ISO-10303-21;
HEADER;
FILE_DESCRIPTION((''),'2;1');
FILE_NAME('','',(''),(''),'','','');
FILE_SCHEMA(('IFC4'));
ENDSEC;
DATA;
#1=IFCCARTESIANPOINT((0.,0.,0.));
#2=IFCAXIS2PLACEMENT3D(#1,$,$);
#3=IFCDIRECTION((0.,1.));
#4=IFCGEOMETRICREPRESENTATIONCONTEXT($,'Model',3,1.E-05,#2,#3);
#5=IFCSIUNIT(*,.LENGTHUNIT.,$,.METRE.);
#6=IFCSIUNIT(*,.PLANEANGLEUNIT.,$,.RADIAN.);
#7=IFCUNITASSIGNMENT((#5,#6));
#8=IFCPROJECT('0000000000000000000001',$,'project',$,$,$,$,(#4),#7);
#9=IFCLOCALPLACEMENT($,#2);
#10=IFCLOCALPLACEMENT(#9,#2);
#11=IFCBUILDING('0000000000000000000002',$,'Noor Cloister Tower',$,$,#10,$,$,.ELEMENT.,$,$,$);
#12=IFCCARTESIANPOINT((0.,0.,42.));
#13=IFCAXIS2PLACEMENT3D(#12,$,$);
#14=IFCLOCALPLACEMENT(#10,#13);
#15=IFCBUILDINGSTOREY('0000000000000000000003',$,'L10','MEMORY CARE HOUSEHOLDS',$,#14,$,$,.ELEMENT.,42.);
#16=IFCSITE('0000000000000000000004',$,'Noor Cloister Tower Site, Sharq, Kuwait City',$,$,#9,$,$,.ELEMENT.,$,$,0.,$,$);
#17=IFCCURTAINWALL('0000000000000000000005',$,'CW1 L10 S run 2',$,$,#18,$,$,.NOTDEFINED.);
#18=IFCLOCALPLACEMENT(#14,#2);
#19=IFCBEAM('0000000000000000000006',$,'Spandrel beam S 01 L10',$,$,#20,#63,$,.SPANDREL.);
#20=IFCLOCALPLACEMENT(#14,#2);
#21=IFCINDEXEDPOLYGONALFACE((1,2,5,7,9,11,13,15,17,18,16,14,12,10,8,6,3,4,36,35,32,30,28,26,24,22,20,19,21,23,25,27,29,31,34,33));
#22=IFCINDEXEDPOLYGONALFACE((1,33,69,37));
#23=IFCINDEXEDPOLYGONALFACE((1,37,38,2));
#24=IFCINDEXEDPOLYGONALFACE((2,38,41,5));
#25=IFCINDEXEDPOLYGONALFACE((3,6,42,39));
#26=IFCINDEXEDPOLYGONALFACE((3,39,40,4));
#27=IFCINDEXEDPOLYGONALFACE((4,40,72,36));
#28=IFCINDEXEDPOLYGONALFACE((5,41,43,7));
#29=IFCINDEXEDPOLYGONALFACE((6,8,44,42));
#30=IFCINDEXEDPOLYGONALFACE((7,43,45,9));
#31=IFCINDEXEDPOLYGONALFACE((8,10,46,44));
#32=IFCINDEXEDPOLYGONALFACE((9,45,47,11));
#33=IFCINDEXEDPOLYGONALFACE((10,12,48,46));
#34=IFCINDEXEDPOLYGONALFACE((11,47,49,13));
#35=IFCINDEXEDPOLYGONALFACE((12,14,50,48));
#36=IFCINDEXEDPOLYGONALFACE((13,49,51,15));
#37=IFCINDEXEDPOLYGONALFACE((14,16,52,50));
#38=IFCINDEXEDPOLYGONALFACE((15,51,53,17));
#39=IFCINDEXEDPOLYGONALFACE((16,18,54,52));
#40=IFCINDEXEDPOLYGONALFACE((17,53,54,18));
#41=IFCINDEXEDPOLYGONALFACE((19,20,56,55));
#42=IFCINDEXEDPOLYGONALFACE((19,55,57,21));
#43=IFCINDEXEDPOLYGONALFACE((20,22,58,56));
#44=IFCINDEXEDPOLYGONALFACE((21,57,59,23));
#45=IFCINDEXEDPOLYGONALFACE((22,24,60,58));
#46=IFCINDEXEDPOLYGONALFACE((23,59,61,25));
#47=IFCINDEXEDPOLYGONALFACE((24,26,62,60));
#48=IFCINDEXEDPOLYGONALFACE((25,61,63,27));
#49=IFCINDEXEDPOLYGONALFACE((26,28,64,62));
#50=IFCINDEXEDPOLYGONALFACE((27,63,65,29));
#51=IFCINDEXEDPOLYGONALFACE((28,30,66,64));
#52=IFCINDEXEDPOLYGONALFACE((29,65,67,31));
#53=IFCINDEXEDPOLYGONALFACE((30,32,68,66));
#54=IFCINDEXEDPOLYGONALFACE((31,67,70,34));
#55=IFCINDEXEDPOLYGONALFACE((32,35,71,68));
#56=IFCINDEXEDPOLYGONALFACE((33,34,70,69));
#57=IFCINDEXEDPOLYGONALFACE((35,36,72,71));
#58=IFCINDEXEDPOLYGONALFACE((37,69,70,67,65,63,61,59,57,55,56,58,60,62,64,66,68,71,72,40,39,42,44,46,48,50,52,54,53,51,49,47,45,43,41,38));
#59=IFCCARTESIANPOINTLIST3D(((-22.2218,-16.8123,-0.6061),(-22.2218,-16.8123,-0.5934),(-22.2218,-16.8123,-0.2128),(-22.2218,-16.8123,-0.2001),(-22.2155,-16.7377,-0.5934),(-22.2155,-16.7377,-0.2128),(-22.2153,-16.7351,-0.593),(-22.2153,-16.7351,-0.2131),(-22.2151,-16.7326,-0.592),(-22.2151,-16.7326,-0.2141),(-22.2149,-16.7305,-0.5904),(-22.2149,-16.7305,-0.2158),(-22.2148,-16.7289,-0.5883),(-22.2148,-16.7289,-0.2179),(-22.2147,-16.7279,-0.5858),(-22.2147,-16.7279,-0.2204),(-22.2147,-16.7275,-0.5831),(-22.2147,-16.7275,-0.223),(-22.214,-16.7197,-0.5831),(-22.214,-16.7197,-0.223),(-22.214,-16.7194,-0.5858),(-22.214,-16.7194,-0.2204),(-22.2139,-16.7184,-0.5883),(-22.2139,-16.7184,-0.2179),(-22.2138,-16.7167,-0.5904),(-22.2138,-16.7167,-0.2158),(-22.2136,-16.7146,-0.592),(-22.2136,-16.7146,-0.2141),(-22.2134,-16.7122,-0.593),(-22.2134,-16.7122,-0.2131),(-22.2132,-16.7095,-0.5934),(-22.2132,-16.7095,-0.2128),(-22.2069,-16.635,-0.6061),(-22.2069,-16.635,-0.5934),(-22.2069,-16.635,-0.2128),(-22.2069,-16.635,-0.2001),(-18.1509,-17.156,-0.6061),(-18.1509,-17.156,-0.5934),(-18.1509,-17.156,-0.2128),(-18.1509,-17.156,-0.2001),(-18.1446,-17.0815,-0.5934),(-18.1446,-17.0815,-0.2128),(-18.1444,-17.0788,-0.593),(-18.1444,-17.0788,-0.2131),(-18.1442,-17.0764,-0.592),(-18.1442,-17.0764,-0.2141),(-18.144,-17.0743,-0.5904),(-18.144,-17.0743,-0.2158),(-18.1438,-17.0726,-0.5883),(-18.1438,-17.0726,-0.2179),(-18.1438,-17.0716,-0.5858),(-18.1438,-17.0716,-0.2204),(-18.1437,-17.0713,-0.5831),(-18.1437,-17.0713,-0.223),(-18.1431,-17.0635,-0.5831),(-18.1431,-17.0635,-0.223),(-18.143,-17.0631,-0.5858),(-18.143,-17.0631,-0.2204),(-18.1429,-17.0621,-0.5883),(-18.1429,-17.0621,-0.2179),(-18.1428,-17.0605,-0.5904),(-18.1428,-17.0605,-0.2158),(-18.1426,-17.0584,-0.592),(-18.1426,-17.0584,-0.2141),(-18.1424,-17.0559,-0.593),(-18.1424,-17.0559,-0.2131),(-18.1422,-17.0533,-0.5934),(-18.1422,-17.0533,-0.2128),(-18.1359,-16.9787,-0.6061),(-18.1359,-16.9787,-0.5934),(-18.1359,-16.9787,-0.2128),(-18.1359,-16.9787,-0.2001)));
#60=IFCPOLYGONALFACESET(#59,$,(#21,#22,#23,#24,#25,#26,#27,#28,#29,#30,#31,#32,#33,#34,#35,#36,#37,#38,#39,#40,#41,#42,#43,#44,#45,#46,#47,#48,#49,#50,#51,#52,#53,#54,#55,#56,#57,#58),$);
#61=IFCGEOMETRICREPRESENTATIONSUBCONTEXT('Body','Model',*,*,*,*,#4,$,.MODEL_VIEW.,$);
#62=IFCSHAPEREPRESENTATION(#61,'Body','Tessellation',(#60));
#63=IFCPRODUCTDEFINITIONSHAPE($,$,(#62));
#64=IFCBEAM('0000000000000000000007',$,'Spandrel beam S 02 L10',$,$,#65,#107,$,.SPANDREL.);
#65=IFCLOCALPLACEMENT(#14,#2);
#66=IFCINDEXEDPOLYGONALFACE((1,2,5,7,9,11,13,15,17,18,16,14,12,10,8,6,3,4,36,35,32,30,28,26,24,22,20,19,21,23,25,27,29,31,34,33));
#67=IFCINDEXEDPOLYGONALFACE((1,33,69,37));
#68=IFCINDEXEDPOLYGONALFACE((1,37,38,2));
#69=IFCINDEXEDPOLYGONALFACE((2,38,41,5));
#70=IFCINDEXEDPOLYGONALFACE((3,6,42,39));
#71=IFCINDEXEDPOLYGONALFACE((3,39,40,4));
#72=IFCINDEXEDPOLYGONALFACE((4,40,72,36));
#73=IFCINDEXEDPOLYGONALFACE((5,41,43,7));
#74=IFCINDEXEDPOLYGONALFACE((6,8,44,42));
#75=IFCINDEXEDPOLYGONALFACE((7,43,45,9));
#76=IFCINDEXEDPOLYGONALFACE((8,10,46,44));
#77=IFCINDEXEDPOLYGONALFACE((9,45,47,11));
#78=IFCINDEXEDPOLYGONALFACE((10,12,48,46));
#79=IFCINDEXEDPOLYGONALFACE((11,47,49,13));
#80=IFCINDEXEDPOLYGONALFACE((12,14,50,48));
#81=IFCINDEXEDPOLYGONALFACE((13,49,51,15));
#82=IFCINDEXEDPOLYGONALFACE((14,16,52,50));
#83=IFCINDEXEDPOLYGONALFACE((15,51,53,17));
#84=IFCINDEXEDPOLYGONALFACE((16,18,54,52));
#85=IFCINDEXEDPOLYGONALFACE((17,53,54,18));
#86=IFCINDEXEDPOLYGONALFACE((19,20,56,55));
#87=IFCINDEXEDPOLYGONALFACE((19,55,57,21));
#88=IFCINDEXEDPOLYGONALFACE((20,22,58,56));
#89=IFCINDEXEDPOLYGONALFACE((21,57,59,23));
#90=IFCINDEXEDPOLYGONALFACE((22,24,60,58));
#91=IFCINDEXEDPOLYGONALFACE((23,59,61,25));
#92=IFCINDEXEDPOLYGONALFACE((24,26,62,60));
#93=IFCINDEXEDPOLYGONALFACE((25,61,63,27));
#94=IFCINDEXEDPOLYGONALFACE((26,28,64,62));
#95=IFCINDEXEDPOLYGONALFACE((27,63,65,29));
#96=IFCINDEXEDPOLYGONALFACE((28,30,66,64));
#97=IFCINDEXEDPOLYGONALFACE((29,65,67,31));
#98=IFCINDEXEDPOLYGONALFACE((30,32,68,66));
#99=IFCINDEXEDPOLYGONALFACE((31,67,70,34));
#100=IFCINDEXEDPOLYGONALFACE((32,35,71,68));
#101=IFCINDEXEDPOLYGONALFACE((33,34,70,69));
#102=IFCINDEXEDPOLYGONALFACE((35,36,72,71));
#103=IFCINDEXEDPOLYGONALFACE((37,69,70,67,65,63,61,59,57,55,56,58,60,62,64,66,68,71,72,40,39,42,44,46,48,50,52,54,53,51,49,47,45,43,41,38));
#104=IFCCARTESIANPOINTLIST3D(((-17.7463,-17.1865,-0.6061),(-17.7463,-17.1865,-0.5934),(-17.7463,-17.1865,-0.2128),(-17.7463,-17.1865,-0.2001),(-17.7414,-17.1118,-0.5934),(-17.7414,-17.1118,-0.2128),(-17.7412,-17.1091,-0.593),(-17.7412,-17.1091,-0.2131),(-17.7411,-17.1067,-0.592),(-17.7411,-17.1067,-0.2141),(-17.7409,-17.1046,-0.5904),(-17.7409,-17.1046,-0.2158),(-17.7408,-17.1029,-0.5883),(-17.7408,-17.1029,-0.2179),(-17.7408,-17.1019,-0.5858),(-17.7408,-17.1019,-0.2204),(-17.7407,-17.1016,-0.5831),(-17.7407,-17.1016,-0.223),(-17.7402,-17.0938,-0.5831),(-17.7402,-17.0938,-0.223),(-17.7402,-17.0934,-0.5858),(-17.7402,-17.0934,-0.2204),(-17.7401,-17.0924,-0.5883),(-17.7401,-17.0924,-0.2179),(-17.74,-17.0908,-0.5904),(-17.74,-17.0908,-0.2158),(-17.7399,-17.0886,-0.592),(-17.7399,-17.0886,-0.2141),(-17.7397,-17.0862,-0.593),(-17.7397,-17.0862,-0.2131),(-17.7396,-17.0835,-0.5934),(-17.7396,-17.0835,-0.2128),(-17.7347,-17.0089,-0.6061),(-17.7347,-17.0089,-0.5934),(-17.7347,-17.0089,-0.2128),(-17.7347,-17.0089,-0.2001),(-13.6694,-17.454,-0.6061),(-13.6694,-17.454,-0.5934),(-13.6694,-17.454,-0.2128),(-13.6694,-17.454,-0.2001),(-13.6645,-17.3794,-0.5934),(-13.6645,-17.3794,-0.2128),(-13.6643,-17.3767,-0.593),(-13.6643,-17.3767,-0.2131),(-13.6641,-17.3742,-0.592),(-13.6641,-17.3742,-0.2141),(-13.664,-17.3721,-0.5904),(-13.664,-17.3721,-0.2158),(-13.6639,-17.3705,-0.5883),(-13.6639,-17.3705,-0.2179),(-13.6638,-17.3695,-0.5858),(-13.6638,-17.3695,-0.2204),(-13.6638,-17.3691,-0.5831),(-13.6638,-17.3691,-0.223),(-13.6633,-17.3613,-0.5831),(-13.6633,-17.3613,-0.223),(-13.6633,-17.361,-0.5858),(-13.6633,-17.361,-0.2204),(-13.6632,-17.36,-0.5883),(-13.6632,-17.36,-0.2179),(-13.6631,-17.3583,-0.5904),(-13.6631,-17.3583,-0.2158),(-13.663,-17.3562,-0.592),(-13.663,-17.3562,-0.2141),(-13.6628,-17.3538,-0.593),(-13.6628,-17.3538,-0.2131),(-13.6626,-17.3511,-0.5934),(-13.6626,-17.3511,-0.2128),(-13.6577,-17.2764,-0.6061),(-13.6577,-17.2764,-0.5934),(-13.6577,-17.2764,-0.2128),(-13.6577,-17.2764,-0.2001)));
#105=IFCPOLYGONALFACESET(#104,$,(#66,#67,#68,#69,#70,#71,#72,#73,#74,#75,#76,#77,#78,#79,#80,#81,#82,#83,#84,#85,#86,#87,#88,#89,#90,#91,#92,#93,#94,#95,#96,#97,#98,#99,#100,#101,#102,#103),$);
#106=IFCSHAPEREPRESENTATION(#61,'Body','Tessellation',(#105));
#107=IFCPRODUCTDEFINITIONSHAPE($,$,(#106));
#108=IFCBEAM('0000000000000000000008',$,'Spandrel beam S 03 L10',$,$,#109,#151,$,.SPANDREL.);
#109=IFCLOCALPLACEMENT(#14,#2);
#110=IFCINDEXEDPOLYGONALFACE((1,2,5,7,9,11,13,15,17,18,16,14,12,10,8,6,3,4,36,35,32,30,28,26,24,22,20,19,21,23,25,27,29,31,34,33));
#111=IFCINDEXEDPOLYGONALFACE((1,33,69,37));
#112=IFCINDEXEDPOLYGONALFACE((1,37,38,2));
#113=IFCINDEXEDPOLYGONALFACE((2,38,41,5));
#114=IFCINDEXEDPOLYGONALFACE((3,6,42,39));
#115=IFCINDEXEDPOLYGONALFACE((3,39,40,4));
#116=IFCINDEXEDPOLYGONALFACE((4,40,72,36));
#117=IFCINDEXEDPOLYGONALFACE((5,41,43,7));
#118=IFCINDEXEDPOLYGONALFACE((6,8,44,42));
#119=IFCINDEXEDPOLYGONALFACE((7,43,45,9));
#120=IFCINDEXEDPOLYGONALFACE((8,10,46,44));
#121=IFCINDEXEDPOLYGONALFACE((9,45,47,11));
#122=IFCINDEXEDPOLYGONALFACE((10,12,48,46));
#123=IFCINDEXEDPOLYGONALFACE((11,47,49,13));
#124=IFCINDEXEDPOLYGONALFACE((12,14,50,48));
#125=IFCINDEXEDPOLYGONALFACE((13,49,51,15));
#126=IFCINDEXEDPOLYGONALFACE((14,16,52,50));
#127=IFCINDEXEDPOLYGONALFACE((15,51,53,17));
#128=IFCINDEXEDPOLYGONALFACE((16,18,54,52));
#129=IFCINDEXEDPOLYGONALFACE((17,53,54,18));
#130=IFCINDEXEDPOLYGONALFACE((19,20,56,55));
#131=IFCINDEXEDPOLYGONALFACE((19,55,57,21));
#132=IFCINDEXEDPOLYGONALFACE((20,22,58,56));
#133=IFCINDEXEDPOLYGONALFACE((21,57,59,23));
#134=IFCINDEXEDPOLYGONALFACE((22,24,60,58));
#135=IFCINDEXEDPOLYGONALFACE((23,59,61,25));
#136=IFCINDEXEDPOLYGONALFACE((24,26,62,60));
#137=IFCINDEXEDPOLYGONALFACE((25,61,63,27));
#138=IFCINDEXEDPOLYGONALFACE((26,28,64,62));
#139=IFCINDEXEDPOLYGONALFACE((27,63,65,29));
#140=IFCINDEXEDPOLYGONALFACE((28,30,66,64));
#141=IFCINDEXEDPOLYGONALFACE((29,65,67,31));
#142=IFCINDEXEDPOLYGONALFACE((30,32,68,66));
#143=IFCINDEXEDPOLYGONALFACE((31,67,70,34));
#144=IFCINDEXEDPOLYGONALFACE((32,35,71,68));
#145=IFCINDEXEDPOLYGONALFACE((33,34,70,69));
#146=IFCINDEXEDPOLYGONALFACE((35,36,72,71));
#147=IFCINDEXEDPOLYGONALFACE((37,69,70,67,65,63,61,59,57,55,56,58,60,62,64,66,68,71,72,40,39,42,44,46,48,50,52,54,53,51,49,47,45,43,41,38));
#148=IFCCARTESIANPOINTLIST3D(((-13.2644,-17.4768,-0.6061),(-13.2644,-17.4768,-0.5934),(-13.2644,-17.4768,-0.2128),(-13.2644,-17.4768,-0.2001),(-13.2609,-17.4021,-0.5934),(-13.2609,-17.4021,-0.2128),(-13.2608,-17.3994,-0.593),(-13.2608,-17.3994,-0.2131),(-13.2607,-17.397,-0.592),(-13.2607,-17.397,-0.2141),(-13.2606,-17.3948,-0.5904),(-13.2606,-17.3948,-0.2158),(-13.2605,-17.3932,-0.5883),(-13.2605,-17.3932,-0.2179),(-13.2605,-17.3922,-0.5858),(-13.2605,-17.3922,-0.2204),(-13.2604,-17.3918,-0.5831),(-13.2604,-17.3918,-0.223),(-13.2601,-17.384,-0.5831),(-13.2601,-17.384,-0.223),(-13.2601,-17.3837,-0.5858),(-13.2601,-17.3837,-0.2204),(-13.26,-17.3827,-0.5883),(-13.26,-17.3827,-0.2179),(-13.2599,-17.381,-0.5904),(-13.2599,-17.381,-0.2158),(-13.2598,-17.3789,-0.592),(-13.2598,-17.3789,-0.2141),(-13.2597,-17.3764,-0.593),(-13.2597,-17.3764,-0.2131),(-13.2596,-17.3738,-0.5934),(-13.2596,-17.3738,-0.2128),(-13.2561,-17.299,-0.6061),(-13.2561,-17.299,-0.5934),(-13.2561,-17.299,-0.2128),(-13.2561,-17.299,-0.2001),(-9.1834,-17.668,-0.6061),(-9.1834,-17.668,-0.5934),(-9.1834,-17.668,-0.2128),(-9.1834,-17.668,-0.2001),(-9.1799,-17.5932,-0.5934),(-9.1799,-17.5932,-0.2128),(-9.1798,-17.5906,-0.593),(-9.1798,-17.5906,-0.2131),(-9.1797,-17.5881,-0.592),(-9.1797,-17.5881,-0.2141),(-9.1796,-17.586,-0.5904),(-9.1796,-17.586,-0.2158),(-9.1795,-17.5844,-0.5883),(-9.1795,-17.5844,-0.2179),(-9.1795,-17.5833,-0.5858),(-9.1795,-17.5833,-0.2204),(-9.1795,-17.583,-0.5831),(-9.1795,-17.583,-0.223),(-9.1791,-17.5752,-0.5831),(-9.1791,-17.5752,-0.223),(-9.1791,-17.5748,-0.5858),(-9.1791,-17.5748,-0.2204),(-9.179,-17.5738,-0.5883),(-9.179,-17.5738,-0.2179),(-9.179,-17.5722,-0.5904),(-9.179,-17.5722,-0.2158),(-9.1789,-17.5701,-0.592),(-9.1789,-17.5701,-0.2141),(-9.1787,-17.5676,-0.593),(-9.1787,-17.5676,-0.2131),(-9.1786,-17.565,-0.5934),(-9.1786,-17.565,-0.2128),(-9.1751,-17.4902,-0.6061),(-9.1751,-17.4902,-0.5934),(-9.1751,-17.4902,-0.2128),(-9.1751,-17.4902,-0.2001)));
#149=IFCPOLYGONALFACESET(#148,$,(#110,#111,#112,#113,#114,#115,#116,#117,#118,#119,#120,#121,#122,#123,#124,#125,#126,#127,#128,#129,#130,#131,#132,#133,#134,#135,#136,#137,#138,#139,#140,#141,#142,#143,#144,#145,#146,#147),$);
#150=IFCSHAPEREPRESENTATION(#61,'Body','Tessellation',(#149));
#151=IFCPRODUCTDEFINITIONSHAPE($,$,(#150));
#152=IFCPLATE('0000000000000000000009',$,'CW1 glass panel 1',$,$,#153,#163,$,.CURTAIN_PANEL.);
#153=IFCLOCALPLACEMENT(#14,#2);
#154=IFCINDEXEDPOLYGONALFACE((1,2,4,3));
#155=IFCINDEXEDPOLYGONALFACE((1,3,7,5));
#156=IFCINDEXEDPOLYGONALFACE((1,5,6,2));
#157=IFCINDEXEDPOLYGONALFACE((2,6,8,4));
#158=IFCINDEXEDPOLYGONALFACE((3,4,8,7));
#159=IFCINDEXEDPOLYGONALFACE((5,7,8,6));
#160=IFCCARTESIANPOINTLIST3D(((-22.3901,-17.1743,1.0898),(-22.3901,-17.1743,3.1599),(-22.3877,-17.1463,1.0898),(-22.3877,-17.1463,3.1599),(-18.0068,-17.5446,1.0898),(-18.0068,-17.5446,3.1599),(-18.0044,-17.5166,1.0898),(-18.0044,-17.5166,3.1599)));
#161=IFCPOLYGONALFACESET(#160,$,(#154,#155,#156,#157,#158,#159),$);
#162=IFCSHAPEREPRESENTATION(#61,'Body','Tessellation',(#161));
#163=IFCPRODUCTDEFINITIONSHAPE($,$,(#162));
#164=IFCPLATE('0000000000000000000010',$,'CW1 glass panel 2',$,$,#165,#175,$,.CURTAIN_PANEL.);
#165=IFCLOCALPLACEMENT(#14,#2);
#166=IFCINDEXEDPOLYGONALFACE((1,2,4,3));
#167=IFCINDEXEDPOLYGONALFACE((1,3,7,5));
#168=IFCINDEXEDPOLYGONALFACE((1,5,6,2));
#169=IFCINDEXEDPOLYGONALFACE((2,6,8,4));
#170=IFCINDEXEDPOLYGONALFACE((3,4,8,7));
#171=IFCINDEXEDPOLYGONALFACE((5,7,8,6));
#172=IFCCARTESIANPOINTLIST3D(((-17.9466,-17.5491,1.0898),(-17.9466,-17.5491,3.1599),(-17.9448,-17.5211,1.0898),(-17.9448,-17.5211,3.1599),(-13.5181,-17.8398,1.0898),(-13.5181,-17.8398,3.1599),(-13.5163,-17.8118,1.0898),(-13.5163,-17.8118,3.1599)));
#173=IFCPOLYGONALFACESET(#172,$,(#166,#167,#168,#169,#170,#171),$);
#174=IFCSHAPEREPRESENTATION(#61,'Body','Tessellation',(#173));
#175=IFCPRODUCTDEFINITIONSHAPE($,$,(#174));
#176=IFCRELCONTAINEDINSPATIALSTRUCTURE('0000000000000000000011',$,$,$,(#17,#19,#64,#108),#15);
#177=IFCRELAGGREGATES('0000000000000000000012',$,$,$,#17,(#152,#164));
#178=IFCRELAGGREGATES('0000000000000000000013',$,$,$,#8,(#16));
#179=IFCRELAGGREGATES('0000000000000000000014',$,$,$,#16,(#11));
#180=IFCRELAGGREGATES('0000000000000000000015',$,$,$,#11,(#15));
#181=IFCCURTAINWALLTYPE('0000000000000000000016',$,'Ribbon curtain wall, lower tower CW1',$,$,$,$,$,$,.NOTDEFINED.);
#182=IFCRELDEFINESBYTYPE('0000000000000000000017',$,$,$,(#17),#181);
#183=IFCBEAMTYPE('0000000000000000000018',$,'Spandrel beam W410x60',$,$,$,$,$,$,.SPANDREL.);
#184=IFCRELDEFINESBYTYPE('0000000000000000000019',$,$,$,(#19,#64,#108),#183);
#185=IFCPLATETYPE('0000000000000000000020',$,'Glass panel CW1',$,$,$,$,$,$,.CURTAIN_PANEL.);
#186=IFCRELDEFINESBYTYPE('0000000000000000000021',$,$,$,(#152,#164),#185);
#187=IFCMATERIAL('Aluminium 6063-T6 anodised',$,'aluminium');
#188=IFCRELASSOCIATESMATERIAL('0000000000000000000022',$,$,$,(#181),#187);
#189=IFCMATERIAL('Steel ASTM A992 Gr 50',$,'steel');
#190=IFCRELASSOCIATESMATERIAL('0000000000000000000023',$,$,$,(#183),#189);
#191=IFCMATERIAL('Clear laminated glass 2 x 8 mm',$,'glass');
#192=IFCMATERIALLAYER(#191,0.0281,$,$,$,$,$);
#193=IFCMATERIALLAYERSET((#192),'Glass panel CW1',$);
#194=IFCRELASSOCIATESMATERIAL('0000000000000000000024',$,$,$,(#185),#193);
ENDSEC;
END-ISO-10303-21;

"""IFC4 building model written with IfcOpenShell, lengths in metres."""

from ifc_helpers import new_model, si_unit, direction, frame, origin, origin_2d, place, context, subcontext, project, spatial, rectangle, i_section, extrude, material, layer, layer_set, material_profile, profile_set, type_object, element, aggregate, save


model = new_model("IFC4")

# Units and contexts
model_context = context("Model", 3, precision=1e-05, world=origin(), true_north=direction((0.0, 1.0)))
body_context = subcontext(model_context, "Body", "Model", "MODEL_VIEW")
ifc_project = project(units=[si_unit("LENGTHUNIT", "METRE"), si_unit("PLANEANGLEUNIT", "RADIAN")], contexts=[model_context])

# Site, building, storey
site_placement = place(None, origin())
site = spatial("IfcSite", under=ifc_project, at=site_placement, Name="Noor Cloister Tower Site, Sharq, Kuwait City", CompositionType="ELEMENT", RefElevation=0.0)
building_placement = place(site_placement, origin())
building = spatial("IfcBuilding", under=site, at=building_placement, Name="Noor Cloister Tower", CompositionType="ELEMENT")
storey_placement = place(building_placement, frame((0.0, 0.0, 42.0)))
storey = spatial("IfcBuildingStorey", under=building, at=storey_placement, Name="L10", Description="MEMORY CARE HOUSEHOLDS", CompositionType="ELEMENT", Elevation=42.0)

# Curtain wall
ifc_material_1 = material(Name="Aluminium 6063-T6 anodised", Category="aluminium")
curtain_wall_type = type_object("IfcCurtainWallType", Name="Ribbon curtain wall, lower tower CW1", PredefinedType="NOTDEFINED", material=ifc_material_1)
curtain_wall_placement = place(storey_placement, origin())
curtain_wall = element("IfcCurtainWall", 1, at=curtain_wall_placement, inside=storey, type_object=curtain_wall_type, Name="CW1 L10 S run 2", PredefinedType="NOTDEFINED")

# Beams
ifc_material_2 = material(Name="Steel ASTM A992 Gr 50", Category="steel")
ifc_material_profile_1 = material_profile(ifc_material_2, i_section(OverallWidth=0.178, OverallDepth=0.406, WebThickness=0.0078, FlangeThickness=0.0127, FilletRadius=0.0103, at=origin_2d()), Name="W410x60")
ifc_profile_set_1 = profile_set([ifc_material_profile_1], Name="Steel ASTM A992 Gr 50")
beam_type_1 = type_object("IfcBeamType", Name="Spandrel beam W410x60", PredefinedType="SPANDREL", material=ifc_profile_set_1)
beam_1_placement = place(storey_placement, frame((-22.2144, -16.7236, -0.4031), z_axis=(0.996454, -0.084138, 0.0), x_axis=(0.084138, 0.996454, 0.0)))
element("IfcBeam", 2, at=beam_1_placement, inside=storey, type_object=beam_type_1, Name="Spandrel beam S 01 L10", PredefinedType="SPANDREL", context=body_context, shape_type="SweptSolid", body=[
    extrude(i_section(OverallWidth=0.178, OverallDepth=0.406, WebThickness=0.0078, FlangeThickness=0.0127, FilletRadius=0.0103, at=origin_2d()), origin(), (0.0, 0.0, 1.0), 4.0854),
])
beam_2_placement = place(storey_placement, frame((-17.7405, -17.0977, -0.4031), z_axis=(0.997853, -0.065492, 0.0), x_axis=(0.065492, 0.997853, 0.0)))
element("IfcBeam", 3, at=beam_2_placement, inside=storey, type_object=beam_type_1, Name="Spandrel beam S 02 L10", PredefinedType="SPANDREL", context=body_context, shape_type="SweptSolid", body=[
    extrude(i_section(OverallWidth=0.178, OverallDepth=0.406, WebThickness=0.0078, FlangeThickness=0.0127, FilletRadius=0.0103, at=origin_2d()), origin(), (0.0, 0.0, 1.0), 4.0857),
])
beam_3_placement = place(storey_placement, frame((-13.2603, -17.3879, -0.4031), z_axis=(0.998905, -0.04679, 0.0), x_axis=(0.04679, 0.998905, 0.0)))
element("IfcBeam", 4, at=beam_3_placement, inside=storey, type_object=beam_type_1, Name="Spandrel beam S 03 L10", PredefinedType="SPANDREL", context=body_context, shape_type="SweptSolid", body=[
    extrude(i_section(OverallWidth=0.178, OverallDepth=0.406, WebThickness=0.0078, FlangeThickness=0.0127, FilletRadius=0.0103, at=origin_2d()), origin(), (0.0, 0.0, 1.0), 4.0854),
])

# Plates
ifc_material_3 = material(Name="Clear laminated glass 2 x 8 mm", Category="glass")
ifc_layer = layer(ifc_material_3, 0.0281)
ifc_layer_set = layer_set([ifc_layer], Name="Glass panel CW1")
plate_type = type_object("IfcPlateType", Name="Glass panel CW1", PredefinedType="CURTAIN_PANEL", material=ifc_layer_set)
plate_1_placement = place(storey_placement, frame((-20.1973, -17.3455, 1.0898), z_axis=(0.0, 0.0, 1.0), x_axis=(0.996451, -0.084174, 0.0)))
plate_1 = element("IfcPlate", 5, at=plate_1_placement, type_object=plate_type, Name="CW1 glass panel 1", PredefinedType="CURTAIN_PANEL", context=body_context, shape_type="SweptSolid", body=[
    extrude(rectangle(XDim=4.3989, YDim=0.0281, at=origin_2d()), origin(), (0.0, 0.0, 1.0), 2.0701),
])
plate_2_placement = place(storey_placement, frame((-15.7314, -17.6804, 1.0898), z_axis=(0.0, 0.0, 1.0), x_axis=(0.997853, -0.065499, 0.0)))
plate_2 = element("IfcPlate", 6, at=plate_2_placement, type_object=plate_type, Name="CW1 glass panel 2", PredefinedType="CURTAIN_PANEL", context=body_context, shape_type="SweptSolid", body=[
    extrude(rectangle(XDim=4.438, YDim=0.0281, at=origin_2d()), origin(), (0.0, 0.0, 1.0), 2.0701),
])
aggregate(curtain_wall, [plate_1, plate_2])

save(model, "model.ifc")
